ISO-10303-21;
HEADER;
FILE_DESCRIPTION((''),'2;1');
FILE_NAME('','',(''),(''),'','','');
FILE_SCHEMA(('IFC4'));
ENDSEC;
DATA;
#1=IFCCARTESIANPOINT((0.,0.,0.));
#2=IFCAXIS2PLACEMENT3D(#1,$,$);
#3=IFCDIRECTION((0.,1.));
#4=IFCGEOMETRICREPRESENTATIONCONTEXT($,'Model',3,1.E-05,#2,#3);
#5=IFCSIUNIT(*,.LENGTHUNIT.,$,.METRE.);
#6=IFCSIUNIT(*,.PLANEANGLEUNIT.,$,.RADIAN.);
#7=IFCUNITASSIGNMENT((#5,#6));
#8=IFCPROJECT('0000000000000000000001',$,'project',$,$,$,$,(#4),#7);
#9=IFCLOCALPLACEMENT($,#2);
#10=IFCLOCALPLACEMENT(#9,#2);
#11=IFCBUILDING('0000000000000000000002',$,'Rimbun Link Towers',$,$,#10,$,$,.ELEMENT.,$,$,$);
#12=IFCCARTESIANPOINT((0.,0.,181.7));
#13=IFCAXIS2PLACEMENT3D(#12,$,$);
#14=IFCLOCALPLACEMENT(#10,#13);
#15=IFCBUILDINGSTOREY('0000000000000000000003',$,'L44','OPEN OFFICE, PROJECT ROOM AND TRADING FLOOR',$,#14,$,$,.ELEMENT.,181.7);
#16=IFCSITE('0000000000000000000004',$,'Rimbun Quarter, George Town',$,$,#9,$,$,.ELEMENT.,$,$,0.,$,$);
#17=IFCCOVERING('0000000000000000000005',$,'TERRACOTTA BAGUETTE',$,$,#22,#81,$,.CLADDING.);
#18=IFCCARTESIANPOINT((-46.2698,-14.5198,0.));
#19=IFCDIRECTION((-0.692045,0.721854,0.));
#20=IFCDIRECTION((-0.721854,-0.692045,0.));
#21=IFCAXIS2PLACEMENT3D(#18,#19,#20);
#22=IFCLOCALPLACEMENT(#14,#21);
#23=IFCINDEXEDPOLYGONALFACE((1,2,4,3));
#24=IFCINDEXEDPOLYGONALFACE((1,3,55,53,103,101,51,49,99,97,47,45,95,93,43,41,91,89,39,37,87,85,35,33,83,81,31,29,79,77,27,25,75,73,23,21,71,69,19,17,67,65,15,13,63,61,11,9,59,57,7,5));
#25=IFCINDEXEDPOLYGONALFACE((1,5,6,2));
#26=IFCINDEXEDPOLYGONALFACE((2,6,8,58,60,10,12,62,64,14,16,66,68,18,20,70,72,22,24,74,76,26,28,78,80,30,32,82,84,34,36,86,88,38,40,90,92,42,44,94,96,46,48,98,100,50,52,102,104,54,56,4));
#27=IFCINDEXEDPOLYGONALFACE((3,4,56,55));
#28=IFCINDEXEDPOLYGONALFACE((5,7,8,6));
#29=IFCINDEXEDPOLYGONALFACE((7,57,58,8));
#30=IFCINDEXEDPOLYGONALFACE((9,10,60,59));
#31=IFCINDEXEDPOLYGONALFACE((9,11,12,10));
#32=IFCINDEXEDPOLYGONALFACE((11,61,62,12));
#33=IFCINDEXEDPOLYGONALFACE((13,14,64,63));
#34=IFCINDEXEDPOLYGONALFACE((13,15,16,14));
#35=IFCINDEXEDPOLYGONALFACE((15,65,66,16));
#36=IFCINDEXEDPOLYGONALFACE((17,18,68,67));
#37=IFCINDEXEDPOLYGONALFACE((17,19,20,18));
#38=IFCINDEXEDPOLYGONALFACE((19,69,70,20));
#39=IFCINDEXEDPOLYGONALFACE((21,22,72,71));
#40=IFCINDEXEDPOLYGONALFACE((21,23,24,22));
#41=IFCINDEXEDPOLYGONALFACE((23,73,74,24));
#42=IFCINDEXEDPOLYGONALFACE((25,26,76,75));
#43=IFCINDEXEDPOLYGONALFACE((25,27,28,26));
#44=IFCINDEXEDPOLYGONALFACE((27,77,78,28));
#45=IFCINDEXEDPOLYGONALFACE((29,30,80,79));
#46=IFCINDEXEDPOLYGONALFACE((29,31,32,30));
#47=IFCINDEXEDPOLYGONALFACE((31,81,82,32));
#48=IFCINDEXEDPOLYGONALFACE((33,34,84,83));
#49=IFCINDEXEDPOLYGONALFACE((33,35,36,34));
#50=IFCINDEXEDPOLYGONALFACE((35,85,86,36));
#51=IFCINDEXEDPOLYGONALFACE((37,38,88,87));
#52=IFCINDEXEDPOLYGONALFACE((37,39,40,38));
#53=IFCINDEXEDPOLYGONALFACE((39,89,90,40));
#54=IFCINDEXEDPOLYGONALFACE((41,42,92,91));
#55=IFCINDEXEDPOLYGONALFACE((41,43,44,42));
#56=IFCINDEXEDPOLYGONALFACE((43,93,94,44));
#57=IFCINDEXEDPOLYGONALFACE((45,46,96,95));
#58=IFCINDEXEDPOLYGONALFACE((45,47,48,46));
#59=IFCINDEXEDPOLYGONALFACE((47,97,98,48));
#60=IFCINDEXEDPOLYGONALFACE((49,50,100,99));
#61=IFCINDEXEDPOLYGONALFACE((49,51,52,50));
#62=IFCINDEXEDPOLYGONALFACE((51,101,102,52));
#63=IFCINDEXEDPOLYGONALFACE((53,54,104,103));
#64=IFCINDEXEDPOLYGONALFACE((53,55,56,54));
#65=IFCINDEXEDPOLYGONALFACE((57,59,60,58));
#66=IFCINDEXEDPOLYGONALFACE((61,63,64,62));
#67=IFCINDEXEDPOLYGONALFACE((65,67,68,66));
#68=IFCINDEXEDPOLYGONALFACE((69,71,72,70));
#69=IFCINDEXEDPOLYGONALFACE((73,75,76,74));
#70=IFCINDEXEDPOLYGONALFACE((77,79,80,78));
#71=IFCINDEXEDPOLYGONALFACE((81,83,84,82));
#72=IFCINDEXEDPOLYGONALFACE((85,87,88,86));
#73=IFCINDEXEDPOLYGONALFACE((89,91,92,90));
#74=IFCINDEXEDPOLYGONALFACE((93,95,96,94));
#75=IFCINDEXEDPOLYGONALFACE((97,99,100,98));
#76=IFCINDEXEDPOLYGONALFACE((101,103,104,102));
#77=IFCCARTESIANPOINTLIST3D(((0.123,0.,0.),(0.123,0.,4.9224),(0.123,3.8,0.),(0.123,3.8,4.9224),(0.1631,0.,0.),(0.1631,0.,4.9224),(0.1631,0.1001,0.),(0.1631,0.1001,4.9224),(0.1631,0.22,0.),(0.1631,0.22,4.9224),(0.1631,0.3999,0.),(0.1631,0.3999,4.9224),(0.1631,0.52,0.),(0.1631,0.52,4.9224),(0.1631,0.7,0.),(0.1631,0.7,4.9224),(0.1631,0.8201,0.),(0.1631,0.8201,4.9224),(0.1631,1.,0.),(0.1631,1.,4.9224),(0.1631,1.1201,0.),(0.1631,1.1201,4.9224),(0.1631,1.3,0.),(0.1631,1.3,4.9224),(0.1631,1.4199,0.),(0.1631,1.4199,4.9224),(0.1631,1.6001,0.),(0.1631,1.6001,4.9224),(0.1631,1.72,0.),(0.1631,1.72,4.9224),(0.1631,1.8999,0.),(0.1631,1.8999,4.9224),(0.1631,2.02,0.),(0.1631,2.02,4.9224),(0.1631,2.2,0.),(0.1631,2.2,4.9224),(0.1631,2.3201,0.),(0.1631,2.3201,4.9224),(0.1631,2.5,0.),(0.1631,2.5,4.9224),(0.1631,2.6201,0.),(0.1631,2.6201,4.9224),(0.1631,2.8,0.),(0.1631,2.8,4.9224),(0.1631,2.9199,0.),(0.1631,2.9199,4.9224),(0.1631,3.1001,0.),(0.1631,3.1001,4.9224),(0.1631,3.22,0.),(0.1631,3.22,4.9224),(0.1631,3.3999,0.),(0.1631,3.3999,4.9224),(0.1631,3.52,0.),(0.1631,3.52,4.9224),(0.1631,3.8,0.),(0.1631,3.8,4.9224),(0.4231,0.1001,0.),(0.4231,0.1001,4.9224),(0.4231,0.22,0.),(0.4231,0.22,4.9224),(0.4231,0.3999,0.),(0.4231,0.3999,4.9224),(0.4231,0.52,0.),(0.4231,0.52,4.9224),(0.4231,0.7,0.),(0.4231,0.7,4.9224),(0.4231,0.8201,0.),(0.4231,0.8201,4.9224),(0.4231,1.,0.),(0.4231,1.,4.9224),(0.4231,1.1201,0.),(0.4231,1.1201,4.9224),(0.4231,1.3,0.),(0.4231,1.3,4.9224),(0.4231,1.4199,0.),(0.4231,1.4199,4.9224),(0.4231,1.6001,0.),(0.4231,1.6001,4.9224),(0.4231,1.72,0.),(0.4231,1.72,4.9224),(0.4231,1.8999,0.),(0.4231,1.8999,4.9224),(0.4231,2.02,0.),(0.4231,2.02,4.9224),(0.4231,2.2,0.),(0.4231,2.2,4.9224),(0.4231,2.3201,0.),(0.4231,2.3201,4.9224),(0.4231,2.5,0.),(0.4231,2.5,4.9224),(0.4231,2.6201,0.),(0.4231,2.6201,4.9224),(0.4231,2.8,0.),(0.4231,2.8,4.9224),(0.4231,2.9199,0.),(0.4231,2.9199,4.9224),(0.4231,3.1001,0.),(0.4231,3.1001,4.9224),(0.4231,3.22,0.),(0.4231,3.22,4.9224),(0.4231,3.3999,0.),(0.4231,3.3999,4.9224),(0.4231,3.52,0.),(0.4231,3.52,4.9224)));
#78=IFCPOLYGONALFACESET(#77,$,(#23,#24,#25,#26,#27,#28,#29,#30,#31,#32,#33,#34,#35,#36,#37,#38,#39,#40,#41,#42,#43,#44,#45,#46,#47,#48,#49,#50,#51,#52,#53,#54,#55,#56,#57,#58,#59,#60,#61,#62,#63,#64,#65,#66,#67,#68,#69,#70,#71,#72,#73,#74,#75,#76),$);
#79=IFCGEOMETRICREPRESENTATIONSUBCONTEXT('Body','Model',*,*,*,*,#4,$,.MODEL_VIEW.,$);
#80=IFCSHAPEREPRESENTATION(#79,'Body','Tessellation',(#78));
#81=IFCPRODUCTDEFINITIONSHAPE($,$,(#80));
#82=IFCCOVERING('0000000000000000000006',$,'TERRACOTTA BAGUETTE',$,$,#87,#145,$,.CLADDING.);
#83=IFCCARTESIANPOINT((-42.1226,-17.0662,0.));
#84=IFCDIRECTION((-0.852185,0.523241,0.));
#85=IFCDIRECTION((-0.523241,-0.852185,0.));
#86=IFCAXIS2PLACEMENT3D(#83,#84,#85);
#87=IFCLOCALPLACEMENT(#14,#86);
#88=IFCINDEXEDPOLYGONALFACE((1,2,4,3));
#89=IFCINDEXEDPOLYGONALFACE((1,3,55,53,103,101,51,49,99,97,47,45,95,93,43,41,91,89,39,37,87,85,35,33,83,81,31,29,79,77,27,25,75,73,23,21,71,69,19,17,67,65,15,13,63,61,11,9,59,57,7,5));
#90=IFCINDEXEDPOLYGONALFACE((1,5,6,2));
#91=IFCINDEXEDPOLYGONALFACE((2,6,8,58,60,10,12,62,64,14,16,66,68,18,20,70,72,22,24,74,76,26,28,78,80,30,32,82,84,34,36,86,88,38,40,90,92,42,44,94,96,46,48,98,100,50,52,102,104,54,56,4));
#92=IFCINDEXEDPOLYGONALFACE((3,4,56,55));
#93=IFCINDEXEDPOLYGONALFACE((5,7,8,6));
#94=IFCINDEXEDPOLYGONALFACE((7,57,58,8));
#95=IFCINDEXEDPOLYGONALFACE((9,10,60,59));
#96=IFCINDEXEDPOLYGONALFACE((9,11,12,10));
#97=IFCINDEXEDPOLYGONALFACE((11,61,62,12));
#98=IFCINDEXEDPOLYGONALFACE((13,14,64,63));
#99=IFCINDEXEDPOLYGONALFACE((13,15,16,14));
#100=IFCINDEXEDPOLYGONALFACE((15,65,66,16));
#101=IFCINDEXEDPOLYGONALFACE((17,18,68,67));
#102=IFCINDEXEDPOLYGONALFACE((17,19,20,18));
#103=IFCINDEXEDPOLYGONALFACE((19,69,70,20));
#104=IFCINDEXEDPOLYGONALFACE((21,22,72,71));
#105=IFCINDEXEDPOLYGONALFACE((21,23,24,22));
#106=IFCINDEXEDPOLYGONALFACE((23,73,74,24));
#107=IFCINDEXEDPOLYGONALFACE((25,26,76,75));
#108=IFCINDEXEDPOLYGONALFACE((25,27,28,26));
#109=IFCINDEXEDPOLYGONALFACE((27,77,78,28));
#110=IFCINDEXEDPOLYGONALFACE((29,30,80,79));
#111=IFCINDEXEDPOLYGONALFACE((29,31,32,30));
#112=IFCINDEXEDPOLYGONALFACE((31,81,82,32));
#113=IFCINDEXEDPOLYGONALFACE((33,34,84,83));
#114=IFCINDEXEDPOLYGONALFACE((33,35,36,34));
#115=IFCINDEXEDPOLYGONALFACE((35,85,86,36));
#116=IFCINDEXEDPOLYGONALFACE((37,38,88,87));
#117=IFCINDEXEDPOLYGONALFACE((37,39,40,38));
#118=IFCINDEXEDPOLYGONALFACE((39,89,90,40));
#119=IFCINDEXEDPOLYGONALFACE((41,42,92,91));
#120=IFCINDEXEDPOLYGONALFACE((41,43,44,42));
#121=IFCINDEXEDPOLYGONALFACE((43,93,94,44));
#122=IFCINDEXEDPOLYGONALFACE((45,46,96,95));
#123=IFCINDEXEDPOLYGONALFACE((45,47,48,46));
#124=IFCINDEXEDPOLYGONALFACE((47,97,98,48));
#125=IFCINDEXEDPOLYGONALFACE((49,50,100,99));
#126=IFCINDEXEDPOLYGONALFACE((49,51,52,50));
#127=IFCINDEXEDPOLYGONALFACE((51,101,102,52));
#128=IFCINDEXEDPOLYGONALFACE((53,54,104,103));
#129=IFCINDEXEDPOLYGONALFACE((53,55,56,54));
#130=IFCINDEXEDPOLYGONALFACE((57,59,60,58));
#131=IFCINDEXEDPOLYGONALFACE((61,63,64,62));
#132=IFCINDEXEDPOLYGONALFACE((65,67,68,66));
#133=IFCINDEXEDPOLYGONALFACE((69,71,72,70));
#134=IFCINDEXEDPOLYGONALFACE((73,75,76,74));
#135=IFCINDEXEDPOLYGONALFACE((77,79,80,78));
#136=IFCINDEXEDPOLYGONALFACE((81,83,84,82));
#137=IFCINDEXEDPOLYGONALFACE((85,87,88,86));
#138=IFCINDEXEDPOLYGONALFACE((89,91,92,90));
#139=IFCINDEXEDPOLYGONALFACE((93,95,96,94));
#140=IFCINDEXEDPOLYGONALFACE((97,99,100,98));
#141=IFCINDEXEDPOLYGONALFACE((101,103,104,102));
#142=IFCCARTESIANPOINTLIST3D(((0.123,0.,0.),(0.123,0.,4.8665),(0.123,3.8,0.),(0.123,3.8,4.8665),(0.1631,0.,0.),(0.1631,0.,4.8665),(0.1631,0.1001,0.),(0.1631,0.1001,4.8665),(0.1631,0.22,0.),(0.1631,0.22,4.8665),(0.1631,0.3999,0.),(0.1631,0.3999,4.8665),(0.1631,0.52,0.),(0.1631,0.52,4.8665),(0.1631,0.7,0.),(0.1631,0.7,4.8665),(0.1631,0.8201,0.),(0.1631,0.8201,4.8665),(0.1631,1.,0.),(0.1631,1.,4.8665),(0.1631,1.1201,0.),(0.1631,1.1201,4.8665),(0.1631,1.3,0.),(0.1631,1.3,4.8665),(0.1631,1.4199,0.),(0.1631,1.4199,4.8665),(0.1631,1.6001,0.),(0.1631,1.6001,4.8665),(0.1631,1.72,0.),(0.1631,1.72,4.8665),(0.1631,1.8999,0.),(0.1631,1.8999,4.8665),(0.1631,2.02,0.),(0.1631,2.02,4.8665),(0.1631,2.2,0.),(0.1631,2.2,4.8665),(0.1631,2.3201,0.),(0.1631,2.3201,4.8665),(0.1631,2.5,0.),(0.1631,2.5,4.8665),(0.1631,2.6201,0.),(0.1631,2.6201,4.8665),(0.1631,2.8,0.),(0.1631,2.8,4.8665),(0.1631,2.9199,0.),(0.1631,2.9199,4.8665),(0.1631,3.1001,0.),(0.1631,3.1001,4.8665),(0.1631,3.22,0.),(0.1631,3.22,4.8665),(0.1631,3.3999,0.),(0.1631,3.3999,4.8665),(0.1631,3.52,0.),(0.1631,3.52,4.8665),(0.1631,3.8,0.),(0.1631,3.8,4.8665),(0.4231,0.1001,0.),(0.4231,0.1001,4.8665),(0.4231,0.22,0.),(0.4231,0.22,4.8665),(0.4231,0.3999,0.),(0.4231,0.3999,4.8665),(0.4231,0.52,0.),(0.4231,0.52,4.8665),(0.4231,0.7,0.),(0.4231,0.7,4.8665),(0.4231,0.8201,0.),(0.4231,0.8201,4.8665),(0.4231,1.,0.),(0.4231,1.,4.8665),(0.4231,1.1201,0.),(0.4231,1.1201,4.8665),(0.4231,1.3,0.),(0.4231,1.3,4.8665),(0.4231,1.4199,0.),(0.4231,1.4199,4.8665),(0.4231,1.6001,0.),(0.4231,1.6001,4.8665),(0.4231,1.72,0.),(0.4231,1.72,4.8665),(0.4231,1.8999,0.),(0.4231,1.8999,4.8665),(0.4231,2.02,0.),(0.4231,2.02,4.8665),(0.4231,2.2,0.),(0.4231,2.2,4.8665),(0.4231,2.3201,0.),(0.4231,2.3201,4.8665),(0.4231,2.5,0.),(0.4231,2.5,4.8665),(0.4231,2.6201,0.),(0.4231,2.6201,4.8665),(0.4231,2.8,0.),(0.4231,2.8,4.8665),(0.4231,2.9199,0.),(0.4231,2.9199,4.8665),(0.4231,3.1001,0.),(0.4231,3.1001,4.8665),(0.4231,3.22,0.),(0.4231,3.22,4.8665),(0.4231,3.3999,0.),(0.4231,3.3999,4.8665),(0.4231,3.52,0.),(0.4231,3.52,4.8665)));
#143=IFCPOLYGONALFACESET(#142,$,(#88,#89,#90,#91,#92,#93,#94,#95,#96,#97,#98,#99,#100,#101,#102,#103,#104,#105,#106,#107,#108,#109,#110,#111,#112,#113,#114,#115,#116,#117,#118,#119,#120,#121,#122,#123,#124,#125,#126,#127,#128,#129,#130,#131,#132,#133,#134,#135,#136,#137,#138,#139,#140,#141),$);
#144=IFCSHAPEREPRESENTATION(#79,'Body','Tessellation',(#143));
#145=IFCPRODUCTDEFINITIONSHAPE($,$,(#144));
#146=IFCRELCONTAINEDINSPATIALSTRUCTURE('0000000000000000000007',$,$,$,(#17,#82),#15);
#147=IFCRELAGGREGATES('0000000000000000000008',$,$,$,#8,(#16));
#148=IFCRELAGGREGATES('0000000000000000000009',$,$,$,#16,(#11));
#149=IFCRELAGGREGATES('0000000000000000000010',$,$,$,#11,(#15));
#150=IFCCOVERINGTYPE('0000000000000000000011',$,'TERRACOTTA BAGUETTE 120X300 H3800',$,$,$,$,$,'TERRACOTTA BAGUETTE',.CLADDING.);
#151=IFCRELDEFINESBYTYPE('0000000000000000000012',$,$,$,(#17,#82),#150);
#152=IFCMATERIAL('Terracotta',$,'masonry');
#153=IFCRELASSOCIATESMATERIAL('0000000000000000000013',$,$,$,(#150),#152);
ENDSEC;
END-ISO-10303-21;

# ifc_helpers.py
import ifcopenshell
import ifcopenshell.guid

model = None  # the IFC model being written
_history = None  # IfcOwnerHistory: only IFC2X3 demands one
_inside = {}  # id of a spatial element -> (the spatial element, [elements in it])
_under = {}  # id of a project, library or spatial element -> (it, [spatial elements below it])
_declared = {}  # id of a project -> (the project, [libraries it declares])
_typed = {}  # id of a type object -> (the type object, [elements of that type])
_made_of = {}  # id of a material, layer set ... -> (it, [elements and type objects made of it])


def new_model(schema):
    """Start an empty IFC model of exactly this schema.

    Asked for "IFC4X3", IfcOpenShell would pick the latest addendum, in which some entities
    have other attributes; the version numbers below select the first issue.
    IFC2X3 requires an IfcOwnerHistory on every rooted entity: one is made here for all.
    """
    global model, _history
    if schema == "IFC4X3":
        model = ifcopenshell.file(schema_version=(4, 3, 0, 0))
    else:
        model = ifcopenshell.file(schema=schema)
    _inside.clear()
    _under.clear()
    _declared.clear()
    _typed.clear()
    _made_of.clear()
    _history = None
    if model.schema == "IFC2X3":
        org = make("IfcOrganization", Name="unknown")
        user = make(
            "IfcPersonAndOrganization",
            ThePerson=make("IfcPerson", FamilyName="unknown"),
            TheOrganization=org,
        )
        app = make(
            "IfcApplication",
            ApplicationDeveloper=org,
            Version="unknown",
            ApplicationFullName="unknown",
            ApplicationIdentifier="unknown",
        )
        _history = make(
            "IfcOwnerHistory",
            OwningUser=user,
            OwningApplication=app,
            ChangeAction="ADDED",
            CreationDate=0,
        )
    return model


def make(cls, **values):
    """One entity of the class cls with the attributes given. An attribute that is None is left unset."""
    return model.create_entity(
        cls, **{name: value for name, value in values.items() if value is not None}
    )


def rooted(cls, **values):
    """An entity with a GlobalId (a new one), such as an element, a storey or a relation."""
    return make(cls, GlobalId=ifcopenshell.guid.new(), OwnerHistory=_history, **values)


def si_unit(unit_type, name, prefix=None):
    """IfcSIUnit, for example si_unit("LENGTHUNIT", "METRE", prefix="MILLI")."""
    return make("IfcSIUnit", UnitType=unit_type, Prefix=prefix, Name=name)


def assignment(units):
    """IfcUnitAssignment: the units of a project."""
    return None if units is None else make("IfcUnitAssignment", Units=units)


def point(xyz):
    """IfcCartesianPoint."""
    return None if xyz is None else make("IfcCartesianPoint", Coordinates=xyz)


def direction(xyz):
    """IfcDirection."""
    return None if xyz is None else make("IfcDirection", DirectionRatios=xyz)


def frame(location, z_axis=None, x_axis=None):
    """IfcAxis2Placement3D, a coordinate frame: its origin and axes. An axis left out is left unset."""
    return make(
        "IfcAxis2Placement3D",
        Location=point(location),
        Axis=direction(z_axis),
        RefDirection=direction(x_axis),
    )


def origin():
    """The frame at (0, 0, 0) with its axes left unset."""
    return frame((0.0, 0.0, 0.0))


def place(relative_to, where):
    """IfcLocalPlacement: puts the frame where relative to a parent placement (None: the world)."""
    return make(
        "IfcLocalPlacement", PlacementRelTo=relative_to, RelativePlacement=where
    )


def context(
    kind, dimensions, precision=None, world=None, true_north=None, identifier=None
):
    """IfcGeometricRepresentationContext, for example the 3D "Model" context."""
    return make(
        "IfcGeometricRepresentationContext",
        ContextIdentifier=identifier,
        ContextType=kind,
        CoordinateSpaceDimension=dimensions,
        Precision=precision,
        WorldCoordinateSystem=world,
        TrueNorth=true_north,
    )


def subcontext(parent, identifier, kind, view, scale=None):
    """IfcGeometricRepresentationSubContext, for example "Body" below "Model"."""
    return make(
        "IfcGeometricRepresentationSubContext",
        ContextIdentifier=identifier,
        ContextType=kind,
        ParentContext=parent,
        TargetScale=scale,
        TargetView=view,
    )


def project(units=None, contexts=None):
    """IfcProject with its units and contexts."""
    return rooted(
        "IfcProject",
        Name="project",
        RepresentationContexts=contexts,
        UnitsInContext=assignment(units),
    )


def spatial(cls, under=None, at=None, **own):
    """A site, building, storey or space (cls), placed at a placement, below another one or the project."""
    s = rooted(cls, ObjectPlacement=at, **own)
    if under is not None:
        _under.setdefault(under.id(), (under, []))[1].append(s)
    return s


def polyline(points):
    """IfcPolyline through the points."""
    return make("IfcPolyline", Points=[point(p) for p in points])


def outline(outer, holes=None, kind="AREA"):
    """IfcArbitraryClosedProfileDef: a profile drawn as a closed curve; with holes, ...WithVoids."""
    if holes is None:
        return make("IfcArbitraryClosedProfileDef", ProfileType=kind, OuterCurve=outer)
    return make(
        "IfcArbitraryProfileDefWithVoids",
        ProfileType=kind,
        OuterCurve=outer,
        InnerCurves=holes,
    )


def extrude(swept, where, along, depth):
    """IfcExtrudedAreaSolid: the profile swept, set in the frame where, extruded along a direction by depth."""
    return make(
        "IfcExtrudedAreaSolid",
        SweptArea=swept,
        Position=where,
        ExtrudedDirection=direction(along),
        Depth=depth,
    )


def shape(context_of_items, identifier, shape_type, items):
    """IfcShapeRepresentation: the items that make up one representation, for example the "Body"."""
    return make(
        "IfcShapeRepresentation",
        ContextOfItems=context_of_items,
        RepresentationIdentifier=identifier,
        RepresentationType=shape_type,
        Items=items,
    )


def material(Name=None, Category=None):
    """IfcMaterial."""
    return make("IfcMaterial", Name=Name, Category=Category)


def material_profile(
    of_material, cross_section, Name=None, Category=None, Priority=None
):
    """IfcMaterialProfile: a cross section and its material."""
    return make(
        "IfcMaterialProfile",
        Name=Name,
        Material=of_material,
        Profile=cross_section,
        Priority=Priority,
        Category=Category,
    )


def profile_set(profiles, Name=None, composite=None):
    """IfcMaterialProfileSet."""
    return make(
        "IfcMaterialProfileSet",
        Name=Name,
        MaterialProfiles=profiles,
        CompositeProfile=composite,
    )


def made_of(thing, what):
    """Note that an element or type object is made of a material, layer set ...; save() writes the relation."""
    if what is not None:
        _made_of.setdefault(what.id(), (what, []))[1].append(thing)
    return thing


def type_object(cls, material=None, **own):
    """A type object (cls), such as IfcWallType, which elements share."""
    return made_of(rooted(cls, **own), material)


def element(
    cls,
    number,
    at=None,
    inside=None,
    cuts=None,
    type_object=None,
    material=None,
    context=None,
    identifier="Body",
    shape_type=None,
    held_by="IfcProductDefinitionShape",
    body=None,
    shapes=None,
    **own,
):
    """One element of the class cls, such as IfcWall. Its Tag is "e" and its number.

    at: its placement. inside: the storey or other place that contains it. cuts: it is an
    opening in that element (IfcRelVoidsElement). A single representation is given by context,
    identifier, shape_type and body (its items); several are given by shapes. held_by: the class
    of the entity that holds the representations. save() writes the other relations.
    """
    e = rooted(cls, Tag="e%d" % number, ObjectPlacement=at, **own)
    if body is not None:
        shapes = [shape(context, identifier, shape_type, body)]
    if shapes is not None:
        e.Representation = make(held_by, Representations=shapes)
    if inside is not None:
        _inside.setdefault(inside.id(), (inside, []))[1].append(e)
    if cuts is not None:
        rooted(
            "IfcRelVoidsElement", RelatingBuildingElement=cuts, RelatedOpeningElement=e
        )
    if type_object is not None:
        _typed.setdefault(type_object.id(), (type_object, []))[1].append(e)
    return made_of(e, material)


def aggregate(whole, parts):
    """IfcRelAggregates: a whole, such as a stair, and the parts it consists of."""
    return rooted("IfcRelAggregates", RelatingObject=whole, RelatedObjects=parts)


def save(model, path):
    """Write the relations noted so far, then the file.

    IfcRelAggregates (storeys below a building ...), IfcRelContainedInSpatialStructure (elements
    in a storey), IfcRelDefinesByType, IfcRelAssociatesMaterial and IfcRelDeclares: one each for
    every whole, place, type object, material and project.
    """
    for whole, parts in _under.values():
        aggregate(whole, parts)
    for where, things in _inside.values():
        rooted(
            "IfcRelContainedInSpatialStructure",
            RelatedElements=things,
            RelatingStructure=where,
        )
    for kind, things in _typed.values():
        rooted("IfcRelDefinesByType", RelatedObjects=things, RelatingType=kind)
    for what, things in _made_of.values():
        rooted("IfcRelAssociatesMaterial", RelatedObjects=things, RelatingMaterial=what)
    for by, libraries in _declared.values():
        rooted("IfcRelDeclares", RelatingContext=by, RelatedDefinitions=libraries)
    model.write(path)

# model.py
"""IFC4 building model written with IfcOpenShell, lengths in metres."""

from ifc_helpers import new_model, si_unit, direction, frame, origin, place, context, subcontext, project, spatial, polyline, outline, extrude, material, material_profile, profile_set, type_object, element, save


model = new_model("IFC4")

# Units and contexts
model_context = context("Model", 3, precision=1e-05, world=origin(), true_north=direction((0.0, 1.0)))
body_context = subcontext(model_context, "Body", "Model", "MODEL_VIEW")
ifc_project = project(units=[si_unit("LENGTHUNIT", "METRE"), si_unit("PLANEANGLEUNIT", "RADIAN")], contexts=[model_context])

# Site, building, storey
site_placement = place(None, origin())
site = spatial("IfcSite", under=ifc_project, at=site_placement, Name="Rimbun Quarter, George Town", CompositionType="ELEMENT", RefElevation=0.0)
building_placement = place(site_placement, origin())
building = spatial("IfcBuilding", under=site, at=building_placement, Name="Rimbun Link Towers", CompositionType="ELEMENT")
storey_placement = place(building_placement, frame((0.0, 0.0, 181.7)))
storey = spatial("IfcBuildingStorey", under=building, at=storey_placement, Name="L44", Description="OPEN OFFICE, PROJECT ROOM AND TRADING FLOOR", CompositionType="ELEMENT", Elevation=181.7)

# Coverings
ifc_material_1 = material(Name="Terracotta", Category="masonry")
ifc_material_profile_1 = material_profile(ifc_material_1, outline(polyline([(0.123, 0.0), (0.1631, 0.0), (0.1631, 0.1001), (0.4231, 0.1001), (0.4231, 0.22), (0.1631, 0.22), (0.1631, 0.3999), (0.4231, 0.3999), (0.4231, 0.52), (0.1631, 0.52), (0.1631, 0.7), (0.4231, 0.7), (0.4231, 0.8201), (0.1631, 0.8201), (0.1631, 1.0), (0.4231, 1.0), (0.4231, 1.1201), (0.1631, 1.1201), (0.1631, 1.3), (0.4231, 1.3), (0.4231, 1.4199), (0.1631, 1.4199), (0.1631, 1.6001), (0.4231, 1.6001), (0.4231, 1.72), (0.1631, 1.72), (0.1631, 1.8999), (0.4231, 1.8999), (0.4231, 2.02), (0.1631, 2.02), (0.1631, 2.2), (0.4231, 2.2), (0.4231, 2.3201), (0.1631, 2.3201), (0.1631, 2.5), (0.4231, 2.5), (0.4231, 2.6201), (0.1631, 2.6201), (0.1631, 2.8), (0.4231, 2.8), (0.4231, 2.9199), (0.1631, 2.9199), (0.1631, 3.1001), (0.4231, 3.1001), (0.4231, 3.22), (0.1631, 3.22), (0.1631, 3.3999), (0.4231, 3.3999), (0.4231, 3.52), (0.1631, 3.52), (0.1631, 3.8), (0.123, 3.8), (0.123, 0.0)])), Name="BAGUETTE 120X300")
ifc_profile_set_1 = profile_set([ifc_material_profile_1], Name="Terracotta")
covering_type = type_object("IfcCoveringType", Name="TERRACOTTA BAGUETTE 120X300 H3800", ElementType="TERRACOTTA BAGUETTE", PredefinedType="CLADDING", material=ifc_profile_set_1)
covering_1_placement = place(storey_placement, frame((-46.2698, -14.5198, 0.0), z_axis=(-0.692045, 0.721854, 0.0), x_axis=(-0.721854, -0.692045, 0.0)))
element("IfcCovering", 1, at=covering_1_placement, inside=storey, type_object=covering_type, Name="TERRACOTTA BAGUETTE", PredefinedType="CLADDING", context=body_context, shape_type="SweptSolid", body=[
    extrude(outline(polyline([(0.123, 0.0), (0.1631, 0.0), (0.1631, 0.1001), (0.4231, 0.1001), (0.4231, 0.22), (0.1631, 0.22), (0.1631, 0.3999), (0.4231, 0.3999), (0.4231, 0.52), (0.1631, 0.52), (0.1631, 0.7), (0.4231, 0.7), (0.4231, 0.8201), (0.1631, 0.8201), (0.1631, 1.0), (0.4231, 1.0), (0.4231, 1.1201), (0.1631, 1.1201), (0.1631, 1.3), (0.4231, 1.3), (0.4231, 1.4199), (0.1631, 1.4199), (0.1631, 1.6001), (0.4231, 1.6001), (0.4231, 1.72), (0.1631, 1.72), (0.1631, 1.8999), (0.4231, 1.8999), (0.4231, 2.02), (0.1631, 2.02), (0.1631, 2.2), (0.4231, 2.2), (0.4231, 2.3201), (0.1631, 2.3201), (0.1631, 2.5), (0.4231, 2.5), (0.4231, 2.6201), (0.1631, 2.6201), (0.1631, 2.8), (0.4231, 2.8), (0.4231, 2.9199), (0.1631, 2.9199), (0.1631, 3.1001), (0.4231, 3.1001), (0.4231, 3.22), (0.1631, 3.22), (0.1631, 3.3999), (0.4231, 3.3999), (0.4231, 3.52), (0.1631, 3.52), (0.1631, 3.8), (0.123, 3.8), (0.123, 0.0)])), origin(), (0.0, 0.0, 1.0), 4.9224),
])
covering_2_placement = place(storey_placement, frame((-42.1226, -17.0662, 0.0), z_axis=(-0.852185, 0.523241, 0.0), x_axis=(-0.523241, -0.852185, 0.0)))
element("IfcCovering", 2, at=covering_2_placement, inside=storey, type_object=covering_type, Name="TERRACOTTA BAGUETTE", PredefinedType="CLADDING", context=body_context, shape_type="SweptSolid", body=[
    extrude(outline(polyline([(0.123, 0.0), (0.1631, 0.0), (0.1631, 0.1001), (0.4231, 0.1001), (0.4231, 0.22), (0.1631, 0.22), (0.1631, 0.3999), (0.4231, 0.3999), (0.4231, 0.52), (0.1631, 0.52), (0.1631, 0.7), (0.4231, 0.7), (0.4231, 0.8201), (0.1631, 0.8201), (0.1631, 1.0), (0.4231, 1.0), (0.4231, 1.1201), (0.1631, 1.1201), (0.1631, 1.3), (0.4231, 1.3), (0.4231, 1.4199), (0.1631, 1.4199), (0.1631, 1.6001), (0.4231, 1.6001), (0.4231, 1.72), (0.1631, 1.72), (0.1631, 1.8999), (0.4231, 1.8999), (0.4231, 2.02), (0.1631, 2.02), (0.1631, 2.2), (0.4231, 2.2), (0.4231, 2.3201), (0.1631, 2.3201), (0.1631, 2.5), (0.4231, 2.5), (0.4231, 2.6201), (0.1631, 2.6201), (0.1631, 2.8), (0.4231, 2.8), (0.4231, 2.9199), (0.1631, 2.9199), (0.1631, 3.1001), (0.4231, 3.1001), (0.4231, 3.22), (0.1631, 3.22), (0.1631, 3.3999), (0.4231, 3.3999), (0.4231, 3.52), (0.1631, 3.52), (0.1631, 3.8), (0.123, 3.8), (0.123, 0.0)])), origin(), (0.0, 0.0, 1.0), 4.8665),
])

save(model, "model.ifc")
